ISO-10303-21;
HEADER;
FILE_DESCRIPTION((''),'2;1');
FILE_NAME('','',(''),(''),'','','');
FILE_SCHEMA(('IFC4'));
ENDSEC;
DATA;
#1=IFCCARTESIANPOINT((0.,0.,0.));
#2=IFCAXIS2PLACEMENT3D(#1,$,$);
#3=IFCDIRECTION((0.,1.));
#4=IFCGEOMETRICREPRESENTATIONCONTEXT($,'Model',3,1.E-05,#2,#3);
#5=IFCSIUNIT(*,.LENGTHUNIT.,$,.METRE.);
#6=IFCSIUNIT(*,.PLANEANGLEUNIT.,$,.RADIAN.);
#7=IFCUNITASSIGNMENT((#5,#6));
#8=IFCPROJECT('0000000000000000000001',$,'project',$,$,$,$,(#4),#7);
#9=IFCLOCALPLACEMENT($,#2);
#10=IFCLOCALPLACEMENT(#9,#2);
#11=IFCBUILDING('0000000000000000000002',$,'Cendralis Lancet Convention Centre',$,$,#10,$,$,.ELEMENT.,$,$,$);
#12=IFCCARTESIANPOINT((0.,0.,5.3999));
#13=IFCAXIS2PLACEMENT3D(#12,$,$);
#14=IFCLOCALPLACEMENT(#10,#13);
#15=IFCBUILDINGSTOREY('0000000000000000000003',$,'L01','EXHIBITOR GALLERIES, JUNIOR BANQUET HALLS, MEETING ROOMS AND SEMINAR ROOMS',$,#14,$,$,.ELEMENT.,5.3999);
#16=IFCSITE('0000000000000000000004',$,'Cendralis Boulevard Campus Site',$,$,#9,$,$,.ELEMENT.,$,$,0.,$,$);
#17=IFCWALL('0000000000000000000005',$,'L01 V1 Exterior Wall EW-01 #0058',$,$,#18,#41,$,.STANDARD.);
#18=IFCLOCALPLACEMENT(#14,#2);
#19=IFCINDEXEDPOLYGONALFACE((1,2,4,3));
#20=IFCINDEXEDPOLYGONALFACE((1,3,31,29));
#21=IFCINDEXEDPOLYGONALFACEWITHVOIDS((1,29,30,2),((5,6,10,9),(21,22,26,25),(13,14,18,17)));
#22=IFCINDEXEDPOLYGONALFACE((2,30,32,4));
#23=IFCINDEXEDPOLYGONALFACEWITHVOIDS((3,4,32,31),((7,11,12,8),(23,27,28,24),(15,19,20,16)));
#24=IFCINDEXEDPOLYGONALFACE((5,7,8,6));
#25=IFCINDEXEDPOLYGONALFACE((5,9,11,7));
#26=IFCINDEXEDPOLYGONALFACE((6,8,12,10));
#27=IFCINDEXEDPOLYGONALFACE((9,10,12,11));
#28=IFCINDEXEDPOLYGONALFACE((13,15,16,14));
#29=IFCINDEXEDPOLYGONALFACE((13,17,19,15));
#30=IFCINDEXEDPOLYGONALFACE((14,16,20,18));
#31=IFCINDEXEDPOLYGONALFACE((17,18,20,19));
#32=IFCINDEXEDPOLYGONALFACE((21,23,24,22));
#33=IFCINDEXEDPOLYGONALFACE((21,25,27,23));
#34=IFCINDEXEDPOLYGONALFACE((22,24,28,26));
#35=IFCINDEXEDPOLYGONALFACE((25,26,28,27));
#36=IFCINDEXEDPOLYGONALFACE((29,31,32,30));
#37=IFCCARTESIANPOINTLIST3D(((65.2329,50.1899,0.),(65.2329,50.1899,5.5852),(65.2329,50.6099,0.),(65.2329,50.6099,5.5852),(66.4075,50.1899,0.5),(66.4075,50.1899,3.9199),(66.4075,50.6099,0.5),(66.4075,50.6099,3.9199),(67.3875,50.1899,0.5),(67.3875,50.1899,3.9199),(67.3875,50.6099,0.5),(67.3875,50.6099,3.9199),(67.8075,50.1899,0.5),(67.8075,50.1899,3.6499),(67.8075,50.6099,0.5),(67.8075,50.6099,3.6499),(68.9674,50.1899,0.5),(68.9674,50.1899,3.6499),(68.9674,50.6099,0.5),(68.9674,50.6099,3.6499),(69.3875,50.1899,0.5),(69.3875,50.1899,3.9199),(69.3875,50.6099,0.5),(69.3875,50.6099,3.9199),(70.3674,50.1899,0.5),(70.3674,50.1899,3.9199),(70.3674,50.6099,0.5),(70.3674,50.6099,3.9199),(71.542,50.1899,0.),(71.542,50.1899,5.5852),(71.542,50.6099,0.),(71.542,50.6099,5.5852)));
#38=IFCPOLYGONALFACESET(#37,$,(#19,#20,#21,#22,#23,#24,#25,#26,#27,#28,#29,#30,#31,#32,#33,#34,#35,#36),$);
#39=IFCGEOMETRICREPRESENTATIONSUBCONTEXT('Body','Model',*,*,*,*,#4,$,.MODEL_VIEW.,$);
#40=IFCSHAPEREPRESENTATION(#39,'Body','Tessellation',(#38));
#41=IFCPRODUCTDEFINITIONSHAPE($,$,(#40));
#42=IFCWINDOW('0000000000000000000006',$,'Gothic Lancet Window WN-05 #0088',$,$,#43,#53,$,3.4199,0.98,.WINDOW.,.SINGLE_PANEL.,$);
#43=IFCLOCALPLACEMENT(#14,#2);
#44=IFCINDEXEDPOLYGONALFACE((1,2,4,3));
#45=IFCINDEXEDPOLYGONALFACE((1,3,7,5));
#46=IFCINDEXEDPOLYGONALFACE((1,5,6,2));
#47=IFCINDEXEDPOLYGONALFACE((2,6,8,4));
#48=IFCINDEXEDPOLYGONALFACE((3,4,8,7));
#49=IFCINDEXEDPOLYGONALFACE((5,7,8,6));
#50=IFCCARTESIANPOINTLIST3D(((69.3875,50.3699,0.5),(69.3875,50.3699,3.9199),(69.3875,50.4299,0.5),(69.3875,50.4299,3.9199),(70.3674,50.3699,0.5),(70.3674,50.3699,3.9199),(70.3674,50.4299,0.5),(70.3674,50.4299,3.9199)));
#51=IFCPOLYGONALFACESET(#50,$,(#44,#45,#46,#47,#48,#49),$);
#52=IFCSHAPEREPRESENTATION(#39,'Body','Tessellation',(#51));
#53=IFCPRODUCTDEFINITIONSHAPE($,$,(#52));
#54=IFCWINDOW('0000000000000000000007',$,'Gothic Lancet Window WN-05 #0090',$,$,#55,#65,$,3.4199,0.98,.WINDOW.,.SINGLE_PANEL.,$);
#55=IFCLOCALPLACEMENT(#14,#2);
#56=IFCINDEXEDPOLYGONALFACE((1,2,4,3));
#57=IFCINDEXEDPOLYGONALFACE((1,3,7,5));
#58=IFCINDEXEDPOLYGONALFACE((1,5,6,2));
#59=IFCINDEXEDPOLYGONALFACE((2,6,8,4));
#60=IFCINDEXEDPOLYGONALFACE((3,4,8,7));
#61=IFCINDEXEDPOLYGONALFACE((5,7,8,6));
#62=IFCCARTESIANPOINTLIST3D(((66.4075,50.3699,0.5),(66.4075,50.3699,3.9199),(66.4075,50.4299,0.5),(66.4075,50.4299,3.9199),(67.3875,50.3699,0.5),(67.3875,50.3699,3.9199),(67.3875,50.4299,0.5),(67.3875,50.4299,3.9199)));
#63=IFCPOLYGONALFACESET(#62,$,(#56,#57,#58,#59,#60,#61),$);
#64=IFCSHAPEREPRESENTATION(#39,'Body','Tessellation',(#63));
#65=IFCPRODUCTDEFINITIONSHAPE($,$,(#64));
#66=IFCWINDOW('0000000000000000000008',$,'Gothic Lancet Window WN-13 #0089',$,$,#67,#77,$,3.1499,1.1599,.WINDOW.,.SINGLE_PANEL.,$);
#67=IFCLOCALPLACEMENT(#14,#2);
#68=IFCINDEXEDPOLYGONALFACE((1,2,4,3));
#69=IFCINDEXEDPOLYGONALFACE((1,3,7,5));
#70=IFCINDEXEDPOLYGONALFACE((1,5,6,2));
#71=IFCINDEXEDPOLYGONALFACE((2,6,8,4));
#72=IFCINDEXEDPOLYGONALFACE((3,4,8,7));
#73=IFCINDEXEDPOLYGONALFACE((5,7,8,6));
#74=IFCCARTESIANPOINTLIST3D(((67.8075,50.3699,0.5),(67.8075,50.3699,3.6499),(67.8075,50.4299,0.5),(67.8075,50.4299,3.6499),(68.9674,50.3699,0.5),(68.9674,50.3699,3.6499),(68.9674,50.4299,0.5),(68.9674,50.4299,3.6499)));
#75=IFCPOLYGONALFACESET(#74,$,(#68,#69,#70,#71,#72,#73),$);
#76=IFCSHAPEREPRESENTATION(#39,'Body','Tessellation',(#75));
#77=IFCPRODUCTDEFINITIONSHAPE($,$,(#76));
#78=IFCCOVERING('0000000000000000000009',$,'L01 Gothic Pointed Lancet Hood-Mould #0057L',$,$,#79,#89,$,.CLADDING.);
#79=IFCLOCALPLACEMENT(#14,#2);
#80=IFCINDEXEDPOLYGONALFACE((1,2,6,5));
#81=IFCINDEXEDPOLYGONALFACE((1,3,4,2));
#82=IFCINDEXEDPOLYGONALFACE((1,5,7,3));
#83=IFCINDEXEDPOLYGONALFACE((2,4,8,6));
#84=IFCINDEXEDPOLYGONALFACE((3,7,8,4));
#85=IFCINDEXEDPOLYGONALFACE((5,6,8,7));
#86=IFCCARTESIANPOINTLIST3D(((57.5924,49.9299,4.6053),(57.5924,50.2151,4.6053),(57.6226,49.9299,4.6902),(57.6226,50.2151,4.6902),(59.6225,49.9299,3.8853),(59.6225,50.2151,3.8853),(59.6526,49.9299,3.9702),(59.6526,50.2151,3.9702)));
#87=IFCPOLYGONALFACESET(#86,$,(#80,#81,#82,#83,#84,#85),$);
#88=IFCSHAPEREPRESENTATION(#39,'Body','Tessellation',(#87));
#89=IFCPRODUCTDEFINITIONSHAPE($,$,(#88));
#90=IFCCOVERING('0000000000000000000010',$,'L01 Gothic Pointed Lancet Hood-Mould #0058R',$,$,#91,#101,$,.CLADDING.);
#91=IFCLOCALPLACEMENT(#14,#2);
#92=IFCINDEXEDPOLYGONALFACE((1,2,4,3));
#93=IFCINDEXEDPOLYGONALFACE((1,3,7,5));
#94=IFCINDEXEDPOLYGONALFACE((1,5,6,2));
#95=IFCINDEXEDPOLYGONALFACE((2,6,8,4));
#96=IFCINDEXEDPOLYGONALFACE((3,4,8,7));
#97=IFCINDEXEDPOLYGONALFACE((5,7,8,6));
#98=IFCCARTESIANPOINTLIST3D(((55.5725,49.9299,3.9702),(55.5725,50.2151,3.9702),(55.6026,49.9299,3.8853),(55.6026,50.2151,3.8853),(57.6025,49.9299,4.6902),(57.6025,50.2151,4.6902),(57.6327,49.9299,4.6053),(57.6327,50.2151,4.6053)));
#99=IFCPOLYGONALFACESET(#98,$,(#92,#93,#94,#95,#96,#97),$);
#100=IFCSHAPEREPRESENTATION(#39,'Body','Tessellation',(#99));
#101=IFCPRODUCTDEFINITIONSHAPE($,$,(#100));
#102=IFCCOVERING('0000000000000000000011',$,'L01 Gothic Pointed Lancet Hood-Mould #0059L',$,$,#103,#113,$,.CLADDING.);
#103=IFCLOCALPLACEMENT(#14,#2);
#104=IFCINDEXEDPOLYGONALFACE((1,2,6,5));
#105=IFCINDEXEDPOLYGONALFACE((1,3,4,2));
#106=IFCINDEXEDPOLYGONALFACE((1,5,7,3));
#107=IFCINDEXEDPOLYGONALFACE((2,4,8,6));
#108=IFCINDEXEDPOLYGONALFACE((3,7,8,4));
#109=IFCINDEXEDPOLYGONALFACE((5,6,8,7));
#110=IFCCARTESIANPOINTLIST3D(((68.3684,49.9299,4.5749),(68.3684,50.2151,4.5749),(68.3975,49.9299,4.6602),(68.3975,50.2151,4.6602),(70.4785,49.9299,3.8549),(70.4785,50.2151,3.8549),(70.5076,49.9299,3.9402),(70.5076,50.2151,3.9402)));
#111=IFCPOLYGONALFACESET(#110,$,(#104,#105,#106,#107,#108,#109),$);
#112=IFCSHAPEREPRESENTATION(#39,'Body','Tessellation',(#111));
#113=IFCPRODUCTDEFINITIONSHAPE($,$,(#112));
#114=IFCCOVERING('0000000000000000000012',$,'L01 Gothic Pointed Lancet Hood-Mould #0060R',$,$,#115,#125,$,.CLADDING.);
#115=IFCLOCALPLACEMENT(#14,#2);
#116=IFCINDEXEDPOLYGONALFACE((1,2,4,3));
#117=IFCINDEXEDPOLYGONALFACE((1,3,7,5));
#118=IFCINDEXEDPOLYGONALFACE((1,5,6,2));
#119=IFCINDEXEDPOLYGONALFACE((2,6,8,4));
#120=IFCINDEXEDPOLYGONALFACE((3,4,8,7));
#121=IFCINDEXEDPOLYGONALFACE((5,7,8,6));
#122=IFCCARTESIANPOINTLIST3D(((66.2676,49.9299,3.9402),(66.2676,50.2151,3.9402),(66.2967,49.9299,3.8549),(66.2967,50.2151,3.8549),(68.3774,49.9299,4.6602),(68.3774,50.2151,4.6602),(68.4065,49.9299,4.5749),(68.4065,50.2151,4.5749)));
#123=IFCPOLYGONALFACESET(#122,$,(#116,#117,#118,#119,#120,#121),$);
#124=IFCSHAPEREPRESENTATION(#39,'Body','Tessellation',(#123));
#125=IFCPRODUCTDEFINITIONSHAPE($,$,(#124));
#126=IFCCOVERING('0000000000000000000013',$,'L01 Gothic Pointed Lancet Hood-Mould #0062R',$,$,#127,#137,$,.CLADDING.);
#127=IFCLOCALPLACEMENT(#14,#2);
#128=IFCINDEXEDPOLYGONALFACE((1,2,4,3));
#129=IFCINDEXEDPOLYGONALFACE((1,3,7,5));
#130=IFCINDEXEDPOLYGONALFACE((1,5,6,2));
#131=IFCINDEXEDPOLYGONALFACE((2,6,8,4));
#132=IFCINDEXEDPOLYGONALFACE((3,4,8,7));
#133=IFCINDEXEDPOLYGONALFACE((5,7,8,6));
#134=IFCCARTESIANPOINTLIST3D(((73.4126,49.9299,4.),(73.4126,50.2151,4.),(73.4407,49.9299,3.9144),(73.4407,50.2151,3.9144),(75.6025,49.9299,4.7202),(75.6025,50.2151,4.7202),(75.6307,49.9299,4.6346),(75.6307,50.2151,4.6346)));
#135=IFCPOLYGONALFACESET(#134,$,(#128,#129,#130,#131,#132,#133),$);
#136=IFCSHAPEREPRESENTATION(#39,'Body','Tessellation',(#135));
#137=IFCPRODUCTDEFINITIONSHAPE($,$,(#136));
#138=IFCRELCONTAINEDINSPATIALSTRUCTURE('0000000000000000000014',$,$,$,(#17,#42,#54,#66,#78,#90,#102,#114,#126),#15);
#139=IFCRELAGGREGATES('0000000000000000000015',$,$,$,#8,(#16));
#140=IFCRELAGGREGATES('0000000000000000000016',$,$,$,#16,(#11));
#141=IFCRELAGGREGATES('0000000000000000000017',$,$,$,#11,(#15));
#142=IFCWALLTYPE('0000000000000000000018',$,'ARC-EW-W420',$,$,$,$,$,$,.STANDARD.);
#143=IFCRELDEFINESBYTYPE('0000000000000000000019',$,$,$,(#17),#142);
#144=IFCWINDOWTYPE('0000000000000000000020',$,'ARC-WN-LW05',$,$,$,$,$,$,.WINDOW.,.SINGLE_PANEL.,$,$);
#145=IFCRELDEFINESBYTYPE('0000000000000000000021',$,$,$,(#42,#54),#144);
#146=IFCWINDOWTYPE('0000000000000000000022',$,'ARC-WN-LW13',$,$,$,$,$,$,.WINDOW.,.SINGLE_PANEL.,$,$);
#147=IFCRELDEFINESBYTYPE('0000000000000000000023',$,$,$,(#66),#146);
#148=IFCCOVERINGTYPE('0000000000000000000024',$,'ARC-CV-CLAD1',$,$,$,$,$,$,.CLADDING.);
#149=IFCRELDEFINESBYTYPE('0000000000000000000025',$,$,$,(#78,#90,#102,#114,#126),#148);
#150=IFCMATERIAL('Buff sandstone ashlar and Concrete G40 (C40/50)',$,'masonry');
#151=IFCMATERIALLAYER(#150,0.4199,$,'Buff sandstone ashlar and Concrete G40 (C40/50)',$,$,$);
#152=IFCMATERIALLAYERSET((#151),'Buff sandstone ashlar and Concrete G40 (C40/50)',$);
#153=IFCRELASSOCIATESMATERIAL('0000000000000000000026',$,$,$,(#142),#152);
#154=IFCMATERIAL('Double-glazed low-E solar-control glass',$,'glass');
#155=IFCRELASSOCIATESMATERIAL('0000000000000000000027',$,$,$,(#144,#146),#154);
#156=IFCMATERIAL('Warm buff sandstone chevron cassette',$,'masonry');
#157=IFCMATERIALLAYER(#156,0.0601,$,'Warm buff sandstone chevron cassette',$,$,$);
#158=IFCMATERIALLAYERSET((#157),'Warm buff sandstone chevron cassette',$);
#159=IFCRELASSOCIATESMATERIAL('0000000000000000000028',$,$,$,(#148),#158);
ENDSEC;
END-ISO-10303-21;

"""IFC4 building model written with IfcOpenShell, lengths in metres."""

from ifc_helpers import new_model, si_unit, direction, frame, frame_2d, origin, place, context, subcontext, project, spatial, polyline, rectangle, outline, extrude, material, layer, layer_set, type_object, element, fill, save


model = new_model("IFC4")

# Units and contexts
model_context = context("Model", 3, precision=1e-05, world=origin(), true_north=direction((0.0, 1.0)))
body_context = subcontext(model_context, "Body", "Model", "MODEL_VIEW")
ifc_project = project(units=[si_unit("LENGTHUNIT", "METRE"), si_unit("PLANEANGLEUNIT", "RADIAN")], contexts=[model_context])

# Site, building, storey
site_placement = place(None, origin())
site = spatial("IfcSite", under=ifc_project, at=site_placement, Name="Cendralis Boulevard Campus Site", CompositionType="ELEMENT", RefElevation=0.0)
building_placement = place(site_placement, origin())
building = spatial("IfcBuilding", under=site, at=building_placement, Name="Cendralis Lancet Convention Centre", CompositionType="ELEMENT")
storey_placement = place(building_placement, frame((0.0, 0.0, 5.3999)))
storey = spatial("IfcBuildingStorey", under=building, at=storey_placement, Name="L01", Description="EXHIBITOR GALLERIES, JUNIOR BANQUET HALLS, MEETING ROOMS AND SEMINAR ROOMS", CompositionType="ELEMENT", Elevation=5.3999)

# Wall, openings, windows
ifc_material_1 = material(Name="Buff sandstone ashlar and Concrete G40 (C40/50)", Category="masonry")
ifc_layer_1 = layer(ifc_material_1, 0.4199, Name="Buff sandstone ashlar and Concrete G40 (C40/50)")
ifc_layer_set_1 = layer_set([ifc_layer_1], Name="Buff sandstone ashlar and Concrete G40 (C40/50)")
wall_type = type_object("IfcWallType", Name="ARC-EW-W420", PredefinedType="STANDARD", material=ifc_layer_set_1)
ifc_material_2 = material(Name="Double-glazed low-E solar-control glass", Category="glass")
wall_1_placement = place(storey_placement, frame((71.542, 50.3999, 0.0), z_axis=(0.0, 0.0, 1.0), x_axis=(-1.0, 0.0, 0.0)))
wall_1 = element("IfcWall", 1, at=wall_1_placement, inside=storey, type_object=wall_type, Name="L01 V1 Exterior Wall EW-01 #0058", PredefinedType="STANDARD", context=body_context, shape_type="SweptSolid", body=[
    extrude(rectangle(XDim=6.3091, YDim=0.4199, at=frame_2d((3.1545, 0.0))), origin(), (0.0, 0.0, 1.0), 5.5852),
])
opening_1_placement = place(wall_1_placement, frame((1.1746, 0.0, 0.5)))
opening_1 = element("IfcOpeningElement", 2, at=opening_1_placement, cuts=wall_1, PredefinedType="OPENING", context=body_context, shape_type="SweptSolid", body=[
    extrude(rectangle(XDim=0.98, YDim=3.4199, at=frame_2d((0.49, 1.71))), frame((0.0, 0.22, 0.0), z_axis=(0.0, -1.0, 0.0), x_axis=(1.0, 0.0, 0.0)), (0.0, 0.0, 1.0), 0.4399),
])
opening_2_placement = place(wall_1_placement, frame((2.5745, 0.0, 0.5)))
opening_2 = element("IfcOpeningElement", 3, at=opening_2_placement, cuts=wall_1, PredefinedType="OPENING", context=body_context, shape_type="SweptSolid", body=[
    extrude(rectangle(XDim=1.1599, YDim=3.1499, at=frame_2d((0.5801, 1.575))), frame((0.0, 0.22, 0.0), z_axis=(0.0, -1.0, 0.0), x_axis=(1.0, 0.0, 0.0)), (0.0, 0.0, 1.0), 0.4399),
])
opening_3_placement = place(wall_1_placement, frame((4.1545, 0.0, 0.5)))
opening_3 = element("IfcOpeningElement", 4, at=opening_3_placement, cuts=wall_1, PredefinedType="OPENING", context=body_context, shape_type="SweptSolid", body=[
    extrude(rectangle(XDim=0.98, YDim=3.4199, at=frame_2d((0.49, 1.71))), frame((0.0, 0.22, 0.0), z_axis=(0.0, -1.0, 0.0), x_axis=(1.0, 0.0, 0.0)), (0.0, 0.0, 1.0), 0.4399),
])
window_type_1 = type_object("IfcWindowType", Name="ARC-WN-LW05", PartitioningType="SINGLE_PANEL", PredefinedType="WINDOW", material=ifc_material_2)
window_1_placement = place(opening_1_placement, origin())
window_1 = element("IfcWindow", 5, at=window_1_placement, inside=storey, type_object=window_type_1, Name="Gothic Lancet Window WN-05 #0088", OverallHeight=3.4199, OverallWidth=0.98, PartitioningType="SINGLE_PANEL", PredefinedType="WINDOW", context=body_context, shape_type="SweptSolid", body=[
    extrude(rectangle(XDim=0.98, YDim=3.4199, at=frame_2d((0.49, 1.71))), frame((0.0, 0.03, 0.0), z_axis=(0.0, -1.0, 0.0), x_axis=(1.0, 0.0, 0.0)), (0.0, 0.0, 1.0), 0.0601),
])
fill(opening_1, window_1)
window_2_placement = place(opening_3_placement, origin())
window_2 = element("IfcWindow", 6, at=window_2_placement, inside=storey, type_object=window_type_1, Name="Gothic Lancet Window WN-05 #0090", OverallHeight=3.4199, OverallWidth=0.98, PartitioningType="SINGLE_PANEL", PredefinedType="WINDOW", context=body_context, shape_type="SweptSolid", body=[
    extrude(rectangle(XDim=0.98, YDim=3.4199, at=frame_2d((0.49, 1.71))), frame((0.0, 0.03, 0.0), z_axis=(0.0, -1.0, 0.0), x_axis=(1.0, 0.0, 0.0)), (0.0, 0.0, 1.0), 0.0601),
])
fill(opening_3, window_2)
window_type_2 = type_object("IfcWindowType", Name="ARC-WN-LW13", PartitioningType="SINGLE_PANEL", PredefinedType="WINDOW", material=ifc_material_2)
window_3_placement = place(opening_2_placement, origin())
window_3 = element("IfcWindow", 7, at=window_3_placement, inside=storey, type_object=window_type_2, Name="Gothic Lancet Window WN-13 #0089", OverallHeight=3.1499, OverallWidth=1.1599, PartitioningType="SINGLE_PANEL", PredefinedType="WINDOW", context=body_context, shape_type="SweptSolid", body=[
    extrude(rectangle(XDim=1.1599, YDim=3.1499, at=frame_2d((0.5801, 1.575))), frame((0.0, 0.03, 0.0), z_axis=(0.0, -1.0, 0.0), x_axis=(1.0, 0.0, 0.0)), (0.0, 0.0, 1.0), 0.0601),
])
fill(opening_2, window_3)

# Coverings
ifc_material_3 = material(Name="Warm buff sandstone chevron cassette", Category="masonry")
ifc_layer_2 = layer(ifc_material_3, 0.0601, Name="Warm buff sandstone chevron cassette")
ifc_layer_set_2 = layer_set([ifc_layer_2], Name="Warm buff sandstone chevron cassette")
covering_type = type_object("IfcCoveringType", Name="ARC-CV-CLAD1", PredefinedType="CLADDING", material=ifc_layer_set_2)
for number, where, z_axis, x_axis, name in (
    (8, (59.6526, 49.9299, 3.9702), (0.33426, 0.0, 0.942481), (0.0, 1.0, 0.0), "L01 Gothic Pointed Lancet Hood-Mould #0057L"),
    (9, (57.6025, 49.9299, 4.6902), (-0.33426, 0.0, 0.942481), (0.0, 1.0, 0.0), "L01 Gothic Pointed Lancet Hood-Mould #0058R"),
):
    element("IfcCovering", number, at=place(storey_placement, frame(where, z_axis=z_axis, x_axis=x_axis)), inside=storey, type_object=covering_type, Name=name, PredefinedType="CLADDING", context=body_context, shape_type="SweptSolid", body=[
        extrude(outline(polyline([(0.0, 0.0), (0.2852, 0.0), (0.2852, 2.1539), (0.0, 2.1539), (0.0, 0.0)])), origin(), (0.0, 0.0, -1.0), 0.0901),
    ])
covering_1_placement = place(storey_placement, frame((70.5076, 49.9299, 3.9402), z_axis=(0.322921, 0.0, 0.946426), x_axis=(0.0, 1.0, 0.0)))
element("IfcCovering", 10, at=covering_1_placement, inside=storey, type_object=covering_type, Name="L01 Gothic Pointed Lancet Hood-Mould #0059L", PredefinedType="CLADDING", context=body_context, shape_type="SweptSolid", body=[
    extrude(outline(polyline([(0.0, 0.0), (0.2852, 0.0), (0.2852, 2.2296), (0.0, 2.2296), (0.0, 0.0)])), origin(), (0.0, 0.0, -1.0), 0.0901),
])
covering_2_placement = place(storey_placement, frame((68.3774, 49.9299, 4.6602), z_axis=(-0.322955, 0.0, 0.946414), x_axis=(0.0, 1.0, 0.0)))
element("IfcCovering", 11, at=covering_2_placement, inside=storey, type_object=covering_type, Name="L01 Gothic Pointed Lancet Hood-Mould #0060R", PredefinedType="CLADDING", context=body_context, shape_type="SweptSolid", body=[
    extrude(outline(polyline([(0.0, 0.0), (0.2852, 0.0), (0.2852, 2.2293), (0.0, 2.2293), (0.0, 0.0)])), origin(), (0.0, 0.0, -1.0), 0.0901),
])
covering_3_placement = place(storey_placement, frame((75.6025, 49.9299, 4.7202), z_axis=(-0.312413, 0.0, 0.949946), x_axis=(0.0, 1.0, 0.0)))
element("IfcCovering", 12, at=covering_3_placement, inside=storey, type_object=covering_type, Name="L01 Gothic Pointed Lancet Hood-Mould #0062R", PredefinedType="CLADDING", context=body_context, shape_type="SweptSolid", body=[
    extrude(outline(polyline([(0.0, 0.0), (0.2852, 0.0), (0.2852, 2.3053), (0.0, 2.3053), (0.0, 0.0)])), origin(), (0.0, 0.0, -1.0), 0.0901),
])

save(model, "model.ifc")
